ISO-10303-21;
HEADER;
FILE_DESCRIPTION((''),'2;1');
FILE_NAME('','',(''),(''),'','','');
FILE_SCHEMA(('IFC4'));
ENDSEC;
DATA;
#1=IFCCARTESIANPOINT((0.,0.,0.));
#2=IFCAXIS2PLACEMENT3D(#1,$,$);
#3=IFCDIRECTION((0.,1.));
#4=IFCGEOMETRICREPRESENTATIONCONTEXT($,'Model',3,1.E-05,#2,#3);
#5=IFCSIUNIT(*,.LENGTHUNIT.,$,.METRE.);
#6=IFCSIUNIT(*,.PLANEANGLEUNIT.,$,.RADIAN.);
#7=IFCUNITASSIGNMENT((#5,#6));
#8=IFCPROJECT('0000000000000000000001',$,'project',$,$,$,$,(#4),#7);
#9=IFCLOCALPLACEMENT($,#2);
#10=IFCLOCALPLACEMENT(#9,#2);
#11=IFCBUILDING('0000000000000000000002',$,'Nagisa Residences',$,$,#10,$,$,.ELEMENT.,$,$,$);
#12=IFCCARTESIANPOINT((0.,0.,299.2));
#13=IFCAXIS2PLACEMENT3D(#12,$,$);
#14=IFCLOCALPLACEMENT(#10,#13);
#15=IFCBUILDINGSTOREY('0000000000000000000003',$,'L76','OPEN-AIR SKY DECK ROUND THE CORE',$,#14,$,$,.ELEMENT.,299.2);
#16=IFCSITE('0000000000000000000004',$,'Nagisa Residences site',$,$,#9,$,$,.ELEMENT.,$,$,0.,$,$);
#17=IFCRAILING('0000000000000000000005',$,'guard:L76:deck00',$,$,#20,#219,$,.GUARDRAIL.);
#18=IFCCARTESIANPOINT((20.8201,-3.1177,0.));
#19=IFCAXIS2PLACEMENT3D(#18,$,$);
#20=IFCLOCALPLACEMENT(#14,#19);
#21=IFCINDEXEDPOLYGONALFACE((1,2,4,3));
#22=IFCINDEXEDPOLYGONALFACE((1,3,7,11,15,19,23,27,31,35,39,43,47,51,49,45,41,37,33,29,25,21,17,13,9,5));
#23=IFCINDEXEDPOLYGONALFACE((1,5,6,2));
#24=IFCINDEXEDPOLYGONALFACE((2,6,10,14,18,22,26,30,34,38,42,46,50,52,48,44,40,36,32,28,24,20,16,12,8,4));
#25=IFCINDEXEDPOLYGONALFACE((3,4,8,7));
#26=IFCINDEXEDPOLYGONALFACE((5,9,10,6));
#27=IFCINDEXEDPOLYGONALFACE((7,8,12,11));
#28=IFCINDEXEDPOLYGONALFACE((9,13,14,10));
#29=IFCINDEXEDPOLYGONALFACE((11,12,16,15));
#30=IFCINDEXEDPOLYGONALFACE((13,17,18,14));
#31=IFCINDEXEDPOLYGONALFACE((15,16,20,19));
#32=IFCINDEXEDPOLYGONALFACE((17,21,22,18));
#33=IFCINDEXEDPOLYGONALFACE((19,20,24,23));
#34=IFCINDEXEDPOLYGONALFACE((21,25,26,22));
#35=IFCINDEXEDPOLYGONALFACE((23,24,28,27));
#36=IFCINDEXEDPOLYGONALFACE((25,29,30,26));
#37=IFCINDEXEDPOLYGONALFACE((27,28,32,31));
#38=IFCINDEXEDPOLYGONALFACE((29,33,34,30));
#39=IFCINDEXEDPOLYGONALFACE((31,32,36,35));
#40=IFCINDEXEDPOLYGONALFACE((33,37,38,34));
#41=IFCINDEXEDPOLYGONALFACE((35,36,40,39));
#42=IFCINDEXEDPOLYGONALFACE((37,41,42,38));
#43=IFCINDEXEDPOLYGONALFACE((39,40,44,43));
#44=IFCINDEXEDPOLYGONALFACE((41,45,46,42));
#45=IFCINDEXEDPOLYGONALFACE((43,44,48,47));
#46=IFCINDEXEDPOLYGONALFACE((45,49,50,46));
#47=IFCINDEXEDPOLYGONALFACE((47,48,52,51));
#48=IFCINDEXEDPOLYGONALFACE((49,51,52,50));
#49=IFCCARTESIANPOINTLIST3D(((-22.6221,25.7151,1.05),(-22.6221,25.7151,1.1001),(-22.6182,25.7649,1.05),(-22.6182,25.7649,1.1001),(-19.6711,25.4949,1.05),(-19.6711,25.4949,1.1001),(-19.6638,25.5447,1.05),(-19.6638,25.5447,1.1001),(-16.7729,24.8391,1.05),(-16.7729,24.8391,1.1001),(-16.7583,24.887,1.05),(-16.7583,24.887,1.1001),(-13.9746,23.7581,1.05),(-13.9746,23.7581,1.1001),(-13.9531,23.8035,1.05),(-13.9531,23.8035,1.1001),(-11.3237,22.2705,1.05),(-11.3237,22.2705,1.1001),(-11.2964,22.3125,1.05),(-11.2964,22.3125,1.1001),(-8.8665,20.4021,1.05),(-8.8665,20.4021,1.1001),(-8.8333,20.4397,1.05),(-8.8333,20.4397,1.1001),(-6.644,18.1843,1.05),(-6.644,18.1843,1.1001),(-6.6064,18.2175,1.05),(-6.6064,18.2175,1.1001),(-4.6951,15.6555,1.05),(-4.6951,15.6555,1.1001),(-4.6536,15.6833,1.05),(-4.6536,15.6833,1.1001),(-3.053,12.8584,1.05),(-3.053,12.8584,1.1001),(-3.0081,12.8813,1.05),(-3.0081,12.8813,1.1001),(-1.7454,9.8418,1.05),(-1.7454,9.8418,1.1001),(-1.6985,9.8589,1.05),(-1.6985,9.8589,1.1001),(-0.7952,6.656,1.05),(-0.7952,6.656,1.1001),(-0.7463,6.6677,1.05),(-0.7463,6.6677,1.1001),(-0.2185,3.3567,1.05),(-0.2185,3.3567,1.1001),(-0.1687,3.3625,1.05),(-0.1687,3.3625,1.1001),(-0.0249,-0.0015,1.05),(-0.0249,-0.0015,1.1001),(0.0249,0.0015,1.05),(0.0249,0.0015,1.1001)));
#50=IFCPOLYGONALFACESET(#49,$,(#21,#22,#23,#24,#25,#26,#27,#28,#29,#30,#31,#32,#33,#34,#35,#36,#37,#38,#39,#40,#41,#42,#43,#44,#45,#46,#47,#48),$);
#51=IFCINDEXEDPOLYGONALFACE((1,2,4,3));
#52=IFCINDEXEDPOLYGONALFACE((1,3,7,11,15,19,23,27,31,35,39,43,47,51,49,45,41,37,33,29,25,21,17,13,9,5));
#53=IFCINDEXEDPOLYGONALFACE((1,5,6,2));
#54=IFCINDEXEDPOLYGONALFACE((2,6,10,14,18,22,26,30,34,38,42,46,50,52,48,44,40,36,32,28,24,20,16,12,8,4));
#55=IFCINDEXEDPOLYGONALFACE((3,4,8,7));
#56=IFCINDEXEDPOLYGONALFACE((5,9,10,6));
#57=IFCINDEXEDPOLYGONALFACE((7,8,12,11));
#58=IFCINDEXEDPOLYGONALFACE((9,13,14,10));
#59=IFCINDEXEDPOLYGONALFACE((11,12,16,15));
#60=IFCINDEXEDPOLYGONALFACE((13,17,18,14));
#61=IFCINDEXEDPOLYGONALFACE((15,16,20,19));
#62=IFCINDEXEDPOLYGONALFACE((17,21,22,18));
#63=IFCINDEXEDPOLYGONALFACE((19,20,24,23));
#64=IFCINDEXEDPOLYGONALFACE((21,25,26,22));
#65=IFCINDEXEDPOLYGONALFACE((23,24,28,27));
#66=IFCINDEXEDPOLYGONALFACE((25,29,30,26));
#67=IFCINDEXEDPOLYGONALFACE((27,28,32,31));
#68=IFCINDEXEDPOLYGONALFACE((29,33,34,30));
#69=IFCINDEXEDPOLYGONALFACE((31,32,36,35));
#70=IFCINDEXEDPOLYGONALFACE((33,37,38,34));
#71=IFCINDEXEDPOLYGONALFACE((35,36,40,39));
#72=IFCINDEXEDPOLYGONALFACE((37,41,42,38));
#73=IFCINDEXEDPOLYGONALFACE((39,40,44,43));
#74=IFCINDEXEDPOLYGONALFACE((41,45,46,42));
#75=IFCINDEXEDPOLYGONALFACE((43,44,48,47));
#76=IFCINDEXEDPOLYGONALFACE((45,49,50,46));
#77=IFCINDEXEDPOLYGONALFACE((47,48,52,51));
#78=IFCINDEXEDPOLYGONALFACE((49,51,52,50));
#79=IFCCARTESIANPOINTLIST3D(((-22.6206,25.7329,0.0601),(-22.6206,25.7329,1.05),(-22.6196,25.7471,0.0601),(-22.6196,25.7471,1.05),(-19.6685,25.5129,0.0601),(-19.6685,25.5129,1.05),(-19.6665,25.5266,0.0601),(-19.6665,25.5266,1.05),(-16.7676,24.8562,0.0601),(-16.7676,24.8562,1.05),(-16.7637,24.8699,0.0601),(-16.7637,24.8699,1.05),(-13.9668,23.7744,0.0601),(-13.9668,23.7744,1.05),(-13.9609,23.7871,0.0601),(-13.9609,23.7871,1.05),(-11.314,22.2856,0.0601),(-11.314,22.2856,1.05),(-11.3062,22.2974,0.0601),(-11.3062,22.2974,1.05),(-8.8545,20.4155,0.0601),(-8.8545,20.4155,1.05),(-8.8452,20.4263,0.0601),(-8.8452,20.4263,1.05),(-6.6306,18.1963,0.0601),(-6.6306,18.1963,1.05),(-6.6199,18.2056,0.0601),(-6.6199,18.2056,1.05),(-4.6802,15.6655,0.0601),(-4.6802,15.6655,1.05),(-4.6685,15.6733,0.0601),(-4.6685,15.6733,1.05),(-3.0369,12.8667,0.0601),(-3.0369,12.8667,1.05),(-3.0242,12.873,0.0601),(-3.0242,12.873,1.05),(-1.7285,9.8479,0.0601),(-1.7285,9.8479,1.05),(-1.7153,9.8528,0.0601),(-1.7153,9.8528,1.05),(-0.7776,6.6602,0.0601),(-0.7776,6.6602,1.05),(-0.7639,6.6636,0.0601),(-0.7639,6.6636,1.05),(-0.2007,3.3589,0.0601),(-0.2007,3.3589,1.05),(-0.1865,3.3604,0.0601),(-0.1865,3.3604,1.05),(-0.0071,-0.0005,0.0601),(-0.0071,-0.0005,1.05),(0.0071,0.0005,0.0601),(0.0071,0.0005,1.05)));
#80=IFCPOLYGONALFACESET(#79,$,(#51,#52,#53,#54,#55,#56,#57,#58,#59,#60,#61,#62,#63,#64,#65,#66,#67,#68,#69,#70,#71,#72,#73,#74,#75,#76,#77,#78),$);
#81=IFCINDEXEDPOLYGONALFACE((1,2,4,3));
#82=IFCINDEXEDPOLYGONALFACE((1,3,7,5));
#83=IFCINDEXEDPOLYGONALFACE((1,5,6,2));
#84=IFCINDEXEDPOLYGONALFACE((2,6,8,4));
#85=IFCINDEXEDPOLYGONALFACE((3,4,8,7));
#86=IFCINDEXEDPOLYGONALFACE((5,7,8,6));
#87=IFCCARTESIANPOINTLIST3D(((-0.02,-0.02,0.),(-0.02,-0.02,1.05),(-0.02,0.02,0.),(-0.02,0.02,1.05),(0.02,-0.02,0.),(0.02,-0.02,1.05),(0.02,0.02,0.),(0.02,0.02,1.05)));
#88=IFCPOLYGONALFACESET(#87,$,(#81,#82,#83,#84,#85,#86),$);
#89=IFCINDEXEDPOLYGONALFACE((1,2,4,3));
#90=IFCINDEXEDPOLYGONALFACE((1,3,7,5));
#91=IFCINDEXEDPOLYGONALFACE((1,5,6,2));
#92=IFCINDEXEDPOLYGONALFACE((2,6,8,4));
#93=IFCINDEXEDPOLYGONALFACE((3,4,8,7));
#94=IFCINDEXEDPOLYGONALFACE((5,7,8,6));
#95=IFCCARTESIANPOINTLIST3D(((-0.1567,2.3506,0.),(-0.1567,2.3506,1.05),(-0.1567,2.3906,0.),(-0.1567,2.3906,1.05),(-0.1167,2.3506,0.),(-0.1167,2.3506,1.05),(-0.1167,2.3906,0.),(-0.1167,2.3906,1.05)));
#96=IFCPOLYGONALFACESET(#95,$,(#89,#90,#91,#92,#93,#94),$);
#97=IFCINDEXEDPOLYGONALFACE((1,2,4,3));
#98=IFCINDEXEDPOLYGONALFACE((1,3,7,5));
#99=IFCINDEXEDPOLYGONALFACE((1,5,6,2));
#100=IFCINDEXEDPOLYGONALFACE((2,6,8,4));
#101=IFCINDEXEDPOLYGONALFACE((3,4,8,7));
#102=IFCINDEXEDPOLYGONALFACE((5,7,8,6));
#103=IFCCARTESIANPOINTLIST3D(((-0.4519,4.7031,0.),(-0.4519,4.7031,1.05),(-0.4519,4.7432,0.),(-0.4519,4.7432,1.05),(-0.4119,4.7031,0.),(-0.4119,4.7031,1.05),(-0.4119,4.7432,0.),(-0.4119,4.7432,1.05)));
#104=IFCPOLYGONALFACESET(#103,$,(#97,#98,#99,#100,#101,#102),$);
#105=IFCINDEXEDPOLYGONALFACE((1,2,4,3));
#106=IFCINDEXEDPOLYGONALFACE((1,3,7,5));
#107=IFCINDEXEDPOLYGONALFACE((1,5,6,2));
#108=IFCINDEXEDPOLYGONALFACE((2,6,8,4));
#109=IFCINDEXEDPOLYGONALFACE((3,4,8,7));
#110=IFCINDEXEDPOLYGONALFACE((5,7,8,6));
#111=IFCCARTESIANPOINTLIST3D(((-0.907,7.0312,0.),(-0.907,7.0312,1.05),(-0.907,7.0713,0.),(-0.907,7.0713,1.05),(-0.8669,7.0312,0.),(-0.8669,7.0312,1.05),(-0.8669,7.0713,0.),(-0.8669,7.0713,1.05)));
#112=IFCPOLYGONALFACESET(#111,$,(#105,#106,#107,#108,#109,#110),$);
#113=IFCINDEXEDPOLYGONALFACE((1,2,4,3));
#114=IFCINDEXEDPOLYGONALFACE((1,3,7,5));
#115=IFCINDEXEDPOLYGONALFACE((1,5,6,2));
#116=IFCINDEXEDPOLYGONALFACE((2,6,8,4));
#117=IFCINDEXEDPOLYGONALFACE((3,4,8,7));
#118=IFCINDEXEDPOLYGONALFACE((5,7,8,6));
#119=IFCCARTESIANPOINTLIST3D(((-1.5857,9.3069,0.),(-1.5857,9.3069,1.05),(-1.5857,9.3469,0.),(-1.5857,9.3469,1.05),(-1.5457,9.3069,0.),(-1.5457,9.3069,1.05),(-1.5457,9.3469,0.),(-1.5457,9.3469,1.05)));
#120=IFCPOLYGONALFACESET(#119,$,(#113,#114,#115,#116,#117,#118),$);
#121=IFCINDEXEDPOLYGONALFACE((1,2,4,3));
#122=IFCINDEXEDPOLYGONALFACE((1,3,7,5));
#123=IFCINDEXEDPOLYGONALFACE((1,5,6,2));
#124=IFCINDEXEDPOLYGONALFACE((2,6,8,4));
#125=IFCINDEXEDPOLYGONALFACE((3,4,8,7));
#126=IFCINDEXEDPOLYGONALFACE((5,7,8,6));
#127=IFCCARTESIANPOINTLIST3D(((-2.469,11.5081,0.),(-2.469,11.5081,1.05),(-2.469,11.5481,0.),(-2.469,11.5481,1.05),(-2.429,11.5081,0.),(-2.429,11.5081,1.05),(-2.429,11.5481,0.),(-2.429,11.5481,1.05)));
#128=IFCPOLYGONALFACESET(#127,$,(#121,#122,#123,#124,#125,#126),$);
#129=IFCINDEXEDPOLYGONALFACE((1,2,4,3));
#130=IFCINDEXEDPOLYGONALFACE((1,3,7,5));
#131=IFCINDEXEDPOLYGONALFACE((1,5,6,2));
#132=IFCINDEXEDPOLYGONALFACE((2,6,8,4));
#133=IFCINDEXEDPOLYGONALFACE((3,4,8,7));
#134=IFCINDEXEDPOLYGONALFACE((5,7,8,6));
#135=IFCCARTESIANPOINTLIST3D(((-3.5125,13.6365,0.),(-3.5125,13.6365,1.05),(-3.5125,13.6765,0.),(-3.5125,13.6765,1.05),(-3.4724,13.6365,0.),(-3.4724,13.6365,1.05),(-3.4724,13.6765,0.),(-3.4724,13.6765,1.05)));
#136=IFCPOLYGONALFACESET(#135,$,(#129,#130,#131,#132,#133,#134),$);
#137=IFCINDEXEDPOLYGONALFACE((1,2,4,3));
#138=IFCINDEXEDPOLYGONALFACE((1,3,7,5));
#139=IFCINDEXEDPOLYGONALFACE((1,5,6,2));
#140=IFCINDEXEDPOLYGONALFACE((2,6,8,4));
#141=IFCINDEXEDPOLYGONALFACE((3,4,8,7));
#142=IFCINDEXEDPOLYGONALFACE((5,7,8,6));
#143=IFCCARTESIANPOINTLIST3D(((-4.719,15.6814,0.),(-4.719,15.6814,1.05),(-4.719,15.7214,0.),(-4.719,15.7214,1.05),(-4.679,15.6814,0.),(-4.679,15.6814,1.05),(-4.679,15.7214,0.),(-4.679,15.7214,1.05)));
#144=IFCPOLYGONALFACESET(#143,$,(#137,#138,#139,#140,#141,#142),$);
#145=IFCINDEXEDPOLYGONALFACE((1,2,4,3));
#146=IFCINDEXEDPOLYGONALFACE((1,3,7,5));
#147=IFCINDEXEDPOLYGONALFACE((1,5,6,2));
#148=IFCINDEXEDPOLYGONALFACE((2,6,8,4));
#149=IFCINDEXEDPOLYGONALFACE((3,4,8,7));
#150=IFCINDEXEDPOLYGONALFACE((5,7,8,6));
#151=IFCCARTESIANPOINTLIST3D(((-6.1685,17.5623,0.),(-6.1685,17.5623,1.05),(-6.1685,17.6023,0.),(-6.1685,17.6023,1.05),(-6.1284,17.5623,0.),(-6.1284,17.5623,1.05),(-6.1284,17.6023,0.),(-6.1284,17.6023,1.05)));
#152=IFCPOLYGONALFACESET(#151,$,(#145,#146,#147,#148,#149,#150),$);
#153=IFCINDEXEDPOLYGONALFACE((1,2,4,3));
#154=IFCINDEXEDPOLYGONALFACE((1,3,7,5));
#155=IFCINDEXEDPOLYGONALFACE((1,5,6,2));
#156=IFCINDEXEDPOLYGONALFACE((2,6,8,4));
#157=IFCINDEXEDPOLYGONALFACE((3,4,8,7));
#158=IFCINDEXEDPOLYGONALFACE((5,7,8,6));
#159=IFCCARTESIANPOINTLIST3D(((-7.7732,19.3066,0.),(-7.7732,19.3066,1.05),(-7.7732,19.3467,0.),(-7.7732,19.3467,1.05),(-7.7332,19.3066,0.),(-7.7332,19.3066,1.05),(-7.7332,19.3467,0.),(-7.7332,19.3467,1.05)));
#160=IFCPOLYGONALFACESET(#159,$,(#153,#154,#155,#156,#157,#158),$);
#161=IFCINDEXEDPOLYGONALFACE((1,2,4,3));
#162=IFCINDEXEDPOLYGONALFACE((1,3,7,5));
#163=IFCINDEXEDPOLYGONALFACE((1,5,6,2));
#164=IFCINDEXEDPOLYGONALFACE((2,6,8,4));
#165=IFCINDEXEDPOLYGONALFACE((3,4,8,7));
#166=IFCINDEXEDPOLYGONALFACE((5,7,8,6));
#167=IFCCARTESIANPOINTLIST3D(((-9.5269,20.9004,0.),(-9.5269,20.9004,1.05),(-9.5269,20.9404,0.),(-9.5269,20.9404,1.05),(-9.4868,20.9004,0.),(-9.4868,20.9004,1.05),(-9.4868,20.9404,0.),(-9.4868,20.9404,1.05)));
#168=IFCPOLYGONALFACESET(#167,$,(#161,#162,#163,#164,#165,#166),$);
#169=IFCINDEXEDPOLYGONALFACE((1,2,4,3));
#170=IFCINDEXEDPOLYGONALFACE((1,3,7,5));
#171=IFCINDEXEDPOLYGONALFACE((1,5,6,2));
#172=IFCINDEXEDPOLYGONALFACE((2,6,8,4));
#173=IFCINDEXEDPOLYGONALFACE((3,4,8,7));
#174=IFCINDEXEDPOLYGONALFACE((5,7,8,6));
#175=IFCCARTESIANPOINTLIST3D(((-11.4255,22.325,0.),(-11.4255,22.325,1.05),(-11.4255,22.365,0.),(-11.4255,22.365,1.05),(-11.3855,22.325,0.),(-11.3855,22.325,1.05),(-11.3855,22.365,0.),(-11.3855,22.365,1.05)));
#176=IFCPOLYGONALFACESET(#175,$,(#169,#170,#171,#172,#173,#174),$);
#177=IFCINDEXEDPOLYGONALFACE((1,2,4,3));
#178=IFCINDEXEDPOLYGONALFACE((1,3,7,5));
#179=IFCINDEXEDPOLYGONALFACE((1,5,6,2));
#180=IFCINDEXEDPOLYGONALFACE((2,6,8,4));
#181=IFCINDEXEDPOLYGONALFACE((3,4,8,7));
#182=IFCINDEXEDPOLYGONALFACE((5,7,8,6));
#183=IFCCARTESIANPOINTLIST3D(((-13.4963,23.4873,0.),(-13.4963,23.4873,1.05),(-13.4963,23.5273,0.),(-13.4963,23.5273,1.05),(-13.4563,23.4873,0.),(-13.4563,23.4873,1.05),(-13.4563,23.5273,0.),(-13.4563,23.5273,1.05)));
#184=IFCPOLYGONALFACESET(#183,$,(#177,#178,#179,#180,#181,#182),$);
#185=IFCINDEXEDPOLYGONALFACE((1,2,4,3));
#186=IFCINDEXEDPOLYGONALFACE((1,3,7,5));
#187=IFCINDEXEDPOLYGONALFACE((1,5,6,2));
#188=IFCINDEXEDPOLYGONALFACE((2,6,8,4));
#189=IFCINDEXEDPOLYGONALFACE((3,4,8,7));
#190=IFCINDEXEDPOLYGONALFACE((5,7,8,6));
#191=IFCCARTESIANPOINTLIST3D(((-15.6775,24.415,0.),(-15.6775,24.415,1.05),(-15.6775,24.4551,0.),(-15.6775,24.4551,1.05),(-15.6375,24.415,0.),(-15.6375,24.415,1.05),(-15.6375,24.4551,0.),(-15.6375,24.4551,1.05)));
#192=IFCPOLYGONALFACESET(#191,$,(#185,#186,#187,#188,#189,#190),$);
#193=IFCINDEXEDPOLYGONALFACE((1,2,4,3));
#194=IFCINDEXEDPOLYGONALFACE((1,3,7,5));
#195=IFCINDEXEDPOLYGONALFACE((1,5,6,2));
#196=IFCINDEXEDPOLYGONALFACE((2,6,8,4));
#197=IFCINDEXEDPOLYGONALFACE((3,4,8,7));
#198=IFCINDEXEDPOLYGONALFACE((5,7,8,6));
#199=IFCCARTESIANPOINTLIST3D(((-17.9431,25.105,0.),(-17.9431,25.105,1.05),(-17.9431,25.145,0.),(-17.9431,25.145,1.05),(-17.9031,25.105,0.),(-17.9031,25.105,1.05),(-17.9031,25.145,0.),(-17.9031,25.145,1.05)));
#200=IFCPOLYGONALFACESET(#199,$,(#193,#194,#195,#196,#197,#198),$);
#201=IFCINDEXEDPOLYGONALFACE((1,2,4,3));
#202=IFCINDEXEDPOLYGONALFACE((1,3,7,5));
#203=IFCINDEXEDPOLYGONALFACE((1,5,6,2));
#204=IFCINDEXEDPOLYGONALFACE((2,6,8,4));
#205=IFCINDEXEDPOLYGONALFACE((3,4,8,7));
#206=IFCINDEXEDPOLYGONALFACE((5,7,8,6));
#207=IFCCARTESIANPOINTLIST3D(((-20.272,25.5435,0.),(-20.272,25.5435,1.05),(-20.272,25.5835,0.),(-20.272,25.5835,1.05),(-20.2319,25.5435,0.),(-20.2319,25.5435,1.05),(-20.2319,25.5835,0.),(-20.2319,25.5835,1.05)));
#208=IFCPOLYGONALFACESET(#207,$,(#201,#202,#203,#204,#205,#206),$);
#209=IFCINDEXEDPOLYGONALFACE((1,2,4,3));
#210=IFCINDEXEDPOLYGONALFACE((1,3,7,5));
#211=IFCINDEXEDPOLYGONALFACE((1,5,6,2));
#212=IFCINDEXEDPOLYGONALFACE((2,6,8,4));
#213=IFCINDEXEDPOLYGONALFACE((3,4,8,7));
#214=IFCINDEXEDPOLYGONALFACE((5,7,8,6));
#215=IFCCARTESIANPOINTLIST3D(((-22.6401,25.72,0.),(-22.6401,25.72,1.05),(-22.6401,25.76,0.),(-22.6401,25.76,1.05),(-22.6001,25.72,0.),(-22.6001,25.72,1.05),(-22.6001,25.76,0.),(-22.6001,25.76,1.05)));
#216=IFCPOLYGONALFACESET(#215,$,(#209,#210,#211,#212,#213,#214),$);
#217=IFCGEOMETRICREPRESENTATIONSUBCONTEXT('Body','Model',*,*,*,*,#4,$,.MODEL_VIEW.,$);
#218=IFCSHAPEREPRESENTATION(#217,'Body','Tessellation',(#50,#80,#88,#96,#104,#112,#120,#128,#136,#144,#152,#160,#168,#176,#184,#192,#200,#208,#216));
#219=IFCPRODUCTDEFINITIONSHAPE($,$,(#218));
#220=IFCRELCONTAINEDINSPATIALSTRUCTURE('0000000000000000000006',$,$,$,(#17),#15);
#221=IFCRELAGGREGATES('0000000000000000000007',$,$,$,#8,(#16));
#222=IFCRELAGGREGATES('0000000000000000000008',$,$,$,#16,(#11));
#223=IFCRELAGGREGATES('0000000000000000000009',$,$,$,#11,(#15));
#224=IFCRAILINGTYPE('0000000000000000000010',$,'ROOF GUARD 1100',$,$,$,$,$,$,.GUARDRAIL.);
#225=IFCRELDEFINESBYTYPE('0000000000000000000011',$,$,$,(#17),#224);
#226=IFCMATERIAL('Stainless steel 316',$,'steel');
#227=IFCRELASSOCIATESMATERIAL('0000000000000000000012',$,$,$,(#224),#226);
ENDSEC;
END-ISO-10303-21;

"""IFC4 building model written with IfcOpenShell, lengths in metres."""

from ifc_helpers import new_model, si_unit, direction, frame, origin, origin_2d, place, context, subcontext, project, spatial, polyline, rectangle, outline, extrude, material, type_object, element, save


model = new_model("IFC4")

# Units and contexts
model_context = context("Model", 3, precision=1e-05, world=origin(), true_north=direction((0.0, 1.0)))
body_context = subcontext(model_context, "Body", "Model", "MODEL_VIEW")
ifc_project = project(units=[si_unit("LENGTHUNIT", "METRE"), si_unit("PLANEANGLEUNIT", "RADIAN")], contexts=[model_context])

# Site, building, storey
site_placement = place(None, origin())
site = spatial("IfcSite", under=ifc_project, at=site_placement, Name="Nagisa Residences site", CompositionType="ELEMENT", RefElevation=0.0)
building_placement = place(site_placement, origin())
building = spatial("IfcBuilding", under=site, at=building_placement, Name="Nagisa Residences", CompositionType="ELEMENT")
storey_placement = place(building_placement, frame((0.0, 0.0, 299.2)))
storey = spatial("IfcBuildingStorey", under=building, at=storey_placement, Name="L76", Description="OPEN-AIR SKY DECK ROUND THE CORE", CompositionType="ELEMENT", Elevation=299.2)

# Railing
ifc_material_1 = material(Name="Stainless steel 316", Category="steel")
railing_type_1 = type_object("IfcRailingType", Name="ROOF GUARD 1100", PredefinedType="GUARDRAIL", material=ifc_material_1)
railing_1_placement = place(storey_placement, frame((20.8201, -3.1177, 0.0)))
element("IfcRailing", 1, at=railing_1_placement, inside=storey, type_object=railing_type_1, Name="guard:L76:deck00", PredefinedType="GUARDRAIL", context=body_context, shape_type="SweptSolid", body=[
    extrude(outline(polyline([(-0.2185, 3.3567), (-0.0249, -0.0015), (0.0249, 0.0015), (-0.1687, 3.3625), (-0.7463, 6.6677), (-1.6985, 9.8589), (-3.0081, 12.8813), (-4.6536, 15.6833), (-6.6064, 18.2175), (-8.8333, 20.4397), (-11.2964, 22.3125), (-13.9531, 23.8035), (-16.7583, 24.887), (-19.6638, 25.5447), (-22.6182, 25.7649), (-22.6221, 25.7151), (-19.6711, 25.4949), (-16.7729, 24.8391), (-13.9746, 23.7581), (-11.3237, 22.2705), (-8.8665, 20.4021), (-6.644, 18.1843), (-4.6951, 15.6555), (-3.053, 12.8584), (-1.7454, 9.8418), (-0.7952, 6.656), (-0.2185, 3.3567)])), frame((0.0, 0.0, 1.05)), (0.0, 0.0, 1.0), 0.05),
    extrude(outline(polyline([(-0.2007, 3.3589), (-0.0071, -0.0005), (0.0071, 0.0005), (-0.1865, 3.3604), (-0.7639, 6.6636), (-1.7153, 9.8528), (-3.0242, 12.873), (-4.6685, 15.6733), (-6.6199, 18.2056), (-8.8452, 20.4263), (-11.3062, 22.2974), (-13.9609, 23.7871), (-16.7637, 24.8699), (-19.6665, 25.5266), (-22.6196, 25.7471), (-22.6206, 25.7329), (-19.6685, 25.5129), (-16.7676, 24.8562), (-13.9668, 23.7744), (-11.314, 22.2856), (-8.8545, 20.4155), (-6.6306, 18.1963), (-4.6802, 15.6655), (-3.0369, 12.8667), (-1.7285, 9.8479), (-0.7776, 6.6602), (-0.2007, 3.3589)])), frame((0.0, 0.0, 0.0601)), (0.0, 0.0, 1.0), 0.99),
    extrude(rectangle(XDim=0.04, YDim=0.04, at=origin_2d()), origin(), (0.0, 0.0, 1.0), 1.05),
    extrude(rectangle(XDim=0.04, YDim=0.04, at=origin_2d()), frame((-0.1367, 2.3706, 0.0)), (0.0, 0.0, 1.0), 1.05),
    extrude(rectangle(XDim=0.04, YDim=0.04, at=origin_2d()), frame((-0.4319, 4.7231, 0.0)), (0.0, 0.0, 1.0), 1.05),
    extrude(rectangle(XDim=0.04, YDim=0.04, at=origin_2d()), frame((-0.887, 7.0513, 0.0)), (0.0, 0.0, 1.0), 1.05),
    extrude(rectangle(XDim=0.04, YDim=0.04, at=origin_2d()), frame((-1.5657, 9.3269, 0.0)), (0.0, 0.0, 1.0), 1.05),
    extrude(rectangle(XDim=0.04, YDim=0.04, at=origin_2d()), frame((-2.449, 11.5281, 0.0)), (0.0, 0.0, 1.0), 1.05),
    extrude(rectangle(XDim=0.04, YDim=0.04, at=origin_2d()), frame((-3.4924, 13.6565, 0.0)), (0.0, 0.0, 1.0), 1.05),
    extrude(rectangle(XDim=0.04, YDim=0.04, at=origin_2d()), frame((-4.699, 15.7014, 0.0)), (0.0, 0.0, 1.0), 1.05),
    extrude(rectangle(XDim=0.04, YDim=0.04, at=origin_2d()), frame((-6.1484, 17.5823, 0.0)), (0.0, 0.0, 1.0), 1.05),
    extrude(rectangle(XDim=0.04, YDim=0.04, at=origin_2d()), frame((-7.7532, 19.3267, 0.0)), (0.0, 0.0, 1.0), 1.05),
    extrude(rectangle(XDim=0.04, YDim=0.04, at=origin_2d()), frame((-9.5068, 20.9204, 0.0)), (0.0, 0.0, 1.0), 1.05),
    extrude(rectangle(XDim=0.04, YDim=0.04, at=origin_2d()), frame((-11.4055, 22.345, 0.0)), (0.0, 0.0, 1.0), 1.05),
    extrude(rectangle(XDim=0.04, YDim=0.04, at=origin_2d()), frame((-13.4763, 23.5073, 0.0)), (0.0, 0.0, 1.0), 1.05),
    extrude(rectangle(XDim=0.04, YDim=0.04, at=origin_2d()), frame((-15.6575, 24.4351, 0.0)), (0.0, 0.0, 1.0), 1.05),
    extrude(rectangle(XDim=0.04, YDim=0.04, at=origin_2d()), frame((-17.9231, 25.125, 0.0)), (0.0, 0.0, 1.0), 1.05),
    extrude(rectangle(XDim=0.04, YDim=0.04, at=origin_2d()), frame((-20.252, 25.5635, 0.0)), (0.0, 0.0, 1.0), 1.05),
    extrude(rectangle(XDim=0.04, YDim=0.04, at=origin_2d()), frame((-22.6201, 25.74, 0.0)), (0.0, 0.0, 1.0), 1.05),
])

save(model, "model.ifc")
